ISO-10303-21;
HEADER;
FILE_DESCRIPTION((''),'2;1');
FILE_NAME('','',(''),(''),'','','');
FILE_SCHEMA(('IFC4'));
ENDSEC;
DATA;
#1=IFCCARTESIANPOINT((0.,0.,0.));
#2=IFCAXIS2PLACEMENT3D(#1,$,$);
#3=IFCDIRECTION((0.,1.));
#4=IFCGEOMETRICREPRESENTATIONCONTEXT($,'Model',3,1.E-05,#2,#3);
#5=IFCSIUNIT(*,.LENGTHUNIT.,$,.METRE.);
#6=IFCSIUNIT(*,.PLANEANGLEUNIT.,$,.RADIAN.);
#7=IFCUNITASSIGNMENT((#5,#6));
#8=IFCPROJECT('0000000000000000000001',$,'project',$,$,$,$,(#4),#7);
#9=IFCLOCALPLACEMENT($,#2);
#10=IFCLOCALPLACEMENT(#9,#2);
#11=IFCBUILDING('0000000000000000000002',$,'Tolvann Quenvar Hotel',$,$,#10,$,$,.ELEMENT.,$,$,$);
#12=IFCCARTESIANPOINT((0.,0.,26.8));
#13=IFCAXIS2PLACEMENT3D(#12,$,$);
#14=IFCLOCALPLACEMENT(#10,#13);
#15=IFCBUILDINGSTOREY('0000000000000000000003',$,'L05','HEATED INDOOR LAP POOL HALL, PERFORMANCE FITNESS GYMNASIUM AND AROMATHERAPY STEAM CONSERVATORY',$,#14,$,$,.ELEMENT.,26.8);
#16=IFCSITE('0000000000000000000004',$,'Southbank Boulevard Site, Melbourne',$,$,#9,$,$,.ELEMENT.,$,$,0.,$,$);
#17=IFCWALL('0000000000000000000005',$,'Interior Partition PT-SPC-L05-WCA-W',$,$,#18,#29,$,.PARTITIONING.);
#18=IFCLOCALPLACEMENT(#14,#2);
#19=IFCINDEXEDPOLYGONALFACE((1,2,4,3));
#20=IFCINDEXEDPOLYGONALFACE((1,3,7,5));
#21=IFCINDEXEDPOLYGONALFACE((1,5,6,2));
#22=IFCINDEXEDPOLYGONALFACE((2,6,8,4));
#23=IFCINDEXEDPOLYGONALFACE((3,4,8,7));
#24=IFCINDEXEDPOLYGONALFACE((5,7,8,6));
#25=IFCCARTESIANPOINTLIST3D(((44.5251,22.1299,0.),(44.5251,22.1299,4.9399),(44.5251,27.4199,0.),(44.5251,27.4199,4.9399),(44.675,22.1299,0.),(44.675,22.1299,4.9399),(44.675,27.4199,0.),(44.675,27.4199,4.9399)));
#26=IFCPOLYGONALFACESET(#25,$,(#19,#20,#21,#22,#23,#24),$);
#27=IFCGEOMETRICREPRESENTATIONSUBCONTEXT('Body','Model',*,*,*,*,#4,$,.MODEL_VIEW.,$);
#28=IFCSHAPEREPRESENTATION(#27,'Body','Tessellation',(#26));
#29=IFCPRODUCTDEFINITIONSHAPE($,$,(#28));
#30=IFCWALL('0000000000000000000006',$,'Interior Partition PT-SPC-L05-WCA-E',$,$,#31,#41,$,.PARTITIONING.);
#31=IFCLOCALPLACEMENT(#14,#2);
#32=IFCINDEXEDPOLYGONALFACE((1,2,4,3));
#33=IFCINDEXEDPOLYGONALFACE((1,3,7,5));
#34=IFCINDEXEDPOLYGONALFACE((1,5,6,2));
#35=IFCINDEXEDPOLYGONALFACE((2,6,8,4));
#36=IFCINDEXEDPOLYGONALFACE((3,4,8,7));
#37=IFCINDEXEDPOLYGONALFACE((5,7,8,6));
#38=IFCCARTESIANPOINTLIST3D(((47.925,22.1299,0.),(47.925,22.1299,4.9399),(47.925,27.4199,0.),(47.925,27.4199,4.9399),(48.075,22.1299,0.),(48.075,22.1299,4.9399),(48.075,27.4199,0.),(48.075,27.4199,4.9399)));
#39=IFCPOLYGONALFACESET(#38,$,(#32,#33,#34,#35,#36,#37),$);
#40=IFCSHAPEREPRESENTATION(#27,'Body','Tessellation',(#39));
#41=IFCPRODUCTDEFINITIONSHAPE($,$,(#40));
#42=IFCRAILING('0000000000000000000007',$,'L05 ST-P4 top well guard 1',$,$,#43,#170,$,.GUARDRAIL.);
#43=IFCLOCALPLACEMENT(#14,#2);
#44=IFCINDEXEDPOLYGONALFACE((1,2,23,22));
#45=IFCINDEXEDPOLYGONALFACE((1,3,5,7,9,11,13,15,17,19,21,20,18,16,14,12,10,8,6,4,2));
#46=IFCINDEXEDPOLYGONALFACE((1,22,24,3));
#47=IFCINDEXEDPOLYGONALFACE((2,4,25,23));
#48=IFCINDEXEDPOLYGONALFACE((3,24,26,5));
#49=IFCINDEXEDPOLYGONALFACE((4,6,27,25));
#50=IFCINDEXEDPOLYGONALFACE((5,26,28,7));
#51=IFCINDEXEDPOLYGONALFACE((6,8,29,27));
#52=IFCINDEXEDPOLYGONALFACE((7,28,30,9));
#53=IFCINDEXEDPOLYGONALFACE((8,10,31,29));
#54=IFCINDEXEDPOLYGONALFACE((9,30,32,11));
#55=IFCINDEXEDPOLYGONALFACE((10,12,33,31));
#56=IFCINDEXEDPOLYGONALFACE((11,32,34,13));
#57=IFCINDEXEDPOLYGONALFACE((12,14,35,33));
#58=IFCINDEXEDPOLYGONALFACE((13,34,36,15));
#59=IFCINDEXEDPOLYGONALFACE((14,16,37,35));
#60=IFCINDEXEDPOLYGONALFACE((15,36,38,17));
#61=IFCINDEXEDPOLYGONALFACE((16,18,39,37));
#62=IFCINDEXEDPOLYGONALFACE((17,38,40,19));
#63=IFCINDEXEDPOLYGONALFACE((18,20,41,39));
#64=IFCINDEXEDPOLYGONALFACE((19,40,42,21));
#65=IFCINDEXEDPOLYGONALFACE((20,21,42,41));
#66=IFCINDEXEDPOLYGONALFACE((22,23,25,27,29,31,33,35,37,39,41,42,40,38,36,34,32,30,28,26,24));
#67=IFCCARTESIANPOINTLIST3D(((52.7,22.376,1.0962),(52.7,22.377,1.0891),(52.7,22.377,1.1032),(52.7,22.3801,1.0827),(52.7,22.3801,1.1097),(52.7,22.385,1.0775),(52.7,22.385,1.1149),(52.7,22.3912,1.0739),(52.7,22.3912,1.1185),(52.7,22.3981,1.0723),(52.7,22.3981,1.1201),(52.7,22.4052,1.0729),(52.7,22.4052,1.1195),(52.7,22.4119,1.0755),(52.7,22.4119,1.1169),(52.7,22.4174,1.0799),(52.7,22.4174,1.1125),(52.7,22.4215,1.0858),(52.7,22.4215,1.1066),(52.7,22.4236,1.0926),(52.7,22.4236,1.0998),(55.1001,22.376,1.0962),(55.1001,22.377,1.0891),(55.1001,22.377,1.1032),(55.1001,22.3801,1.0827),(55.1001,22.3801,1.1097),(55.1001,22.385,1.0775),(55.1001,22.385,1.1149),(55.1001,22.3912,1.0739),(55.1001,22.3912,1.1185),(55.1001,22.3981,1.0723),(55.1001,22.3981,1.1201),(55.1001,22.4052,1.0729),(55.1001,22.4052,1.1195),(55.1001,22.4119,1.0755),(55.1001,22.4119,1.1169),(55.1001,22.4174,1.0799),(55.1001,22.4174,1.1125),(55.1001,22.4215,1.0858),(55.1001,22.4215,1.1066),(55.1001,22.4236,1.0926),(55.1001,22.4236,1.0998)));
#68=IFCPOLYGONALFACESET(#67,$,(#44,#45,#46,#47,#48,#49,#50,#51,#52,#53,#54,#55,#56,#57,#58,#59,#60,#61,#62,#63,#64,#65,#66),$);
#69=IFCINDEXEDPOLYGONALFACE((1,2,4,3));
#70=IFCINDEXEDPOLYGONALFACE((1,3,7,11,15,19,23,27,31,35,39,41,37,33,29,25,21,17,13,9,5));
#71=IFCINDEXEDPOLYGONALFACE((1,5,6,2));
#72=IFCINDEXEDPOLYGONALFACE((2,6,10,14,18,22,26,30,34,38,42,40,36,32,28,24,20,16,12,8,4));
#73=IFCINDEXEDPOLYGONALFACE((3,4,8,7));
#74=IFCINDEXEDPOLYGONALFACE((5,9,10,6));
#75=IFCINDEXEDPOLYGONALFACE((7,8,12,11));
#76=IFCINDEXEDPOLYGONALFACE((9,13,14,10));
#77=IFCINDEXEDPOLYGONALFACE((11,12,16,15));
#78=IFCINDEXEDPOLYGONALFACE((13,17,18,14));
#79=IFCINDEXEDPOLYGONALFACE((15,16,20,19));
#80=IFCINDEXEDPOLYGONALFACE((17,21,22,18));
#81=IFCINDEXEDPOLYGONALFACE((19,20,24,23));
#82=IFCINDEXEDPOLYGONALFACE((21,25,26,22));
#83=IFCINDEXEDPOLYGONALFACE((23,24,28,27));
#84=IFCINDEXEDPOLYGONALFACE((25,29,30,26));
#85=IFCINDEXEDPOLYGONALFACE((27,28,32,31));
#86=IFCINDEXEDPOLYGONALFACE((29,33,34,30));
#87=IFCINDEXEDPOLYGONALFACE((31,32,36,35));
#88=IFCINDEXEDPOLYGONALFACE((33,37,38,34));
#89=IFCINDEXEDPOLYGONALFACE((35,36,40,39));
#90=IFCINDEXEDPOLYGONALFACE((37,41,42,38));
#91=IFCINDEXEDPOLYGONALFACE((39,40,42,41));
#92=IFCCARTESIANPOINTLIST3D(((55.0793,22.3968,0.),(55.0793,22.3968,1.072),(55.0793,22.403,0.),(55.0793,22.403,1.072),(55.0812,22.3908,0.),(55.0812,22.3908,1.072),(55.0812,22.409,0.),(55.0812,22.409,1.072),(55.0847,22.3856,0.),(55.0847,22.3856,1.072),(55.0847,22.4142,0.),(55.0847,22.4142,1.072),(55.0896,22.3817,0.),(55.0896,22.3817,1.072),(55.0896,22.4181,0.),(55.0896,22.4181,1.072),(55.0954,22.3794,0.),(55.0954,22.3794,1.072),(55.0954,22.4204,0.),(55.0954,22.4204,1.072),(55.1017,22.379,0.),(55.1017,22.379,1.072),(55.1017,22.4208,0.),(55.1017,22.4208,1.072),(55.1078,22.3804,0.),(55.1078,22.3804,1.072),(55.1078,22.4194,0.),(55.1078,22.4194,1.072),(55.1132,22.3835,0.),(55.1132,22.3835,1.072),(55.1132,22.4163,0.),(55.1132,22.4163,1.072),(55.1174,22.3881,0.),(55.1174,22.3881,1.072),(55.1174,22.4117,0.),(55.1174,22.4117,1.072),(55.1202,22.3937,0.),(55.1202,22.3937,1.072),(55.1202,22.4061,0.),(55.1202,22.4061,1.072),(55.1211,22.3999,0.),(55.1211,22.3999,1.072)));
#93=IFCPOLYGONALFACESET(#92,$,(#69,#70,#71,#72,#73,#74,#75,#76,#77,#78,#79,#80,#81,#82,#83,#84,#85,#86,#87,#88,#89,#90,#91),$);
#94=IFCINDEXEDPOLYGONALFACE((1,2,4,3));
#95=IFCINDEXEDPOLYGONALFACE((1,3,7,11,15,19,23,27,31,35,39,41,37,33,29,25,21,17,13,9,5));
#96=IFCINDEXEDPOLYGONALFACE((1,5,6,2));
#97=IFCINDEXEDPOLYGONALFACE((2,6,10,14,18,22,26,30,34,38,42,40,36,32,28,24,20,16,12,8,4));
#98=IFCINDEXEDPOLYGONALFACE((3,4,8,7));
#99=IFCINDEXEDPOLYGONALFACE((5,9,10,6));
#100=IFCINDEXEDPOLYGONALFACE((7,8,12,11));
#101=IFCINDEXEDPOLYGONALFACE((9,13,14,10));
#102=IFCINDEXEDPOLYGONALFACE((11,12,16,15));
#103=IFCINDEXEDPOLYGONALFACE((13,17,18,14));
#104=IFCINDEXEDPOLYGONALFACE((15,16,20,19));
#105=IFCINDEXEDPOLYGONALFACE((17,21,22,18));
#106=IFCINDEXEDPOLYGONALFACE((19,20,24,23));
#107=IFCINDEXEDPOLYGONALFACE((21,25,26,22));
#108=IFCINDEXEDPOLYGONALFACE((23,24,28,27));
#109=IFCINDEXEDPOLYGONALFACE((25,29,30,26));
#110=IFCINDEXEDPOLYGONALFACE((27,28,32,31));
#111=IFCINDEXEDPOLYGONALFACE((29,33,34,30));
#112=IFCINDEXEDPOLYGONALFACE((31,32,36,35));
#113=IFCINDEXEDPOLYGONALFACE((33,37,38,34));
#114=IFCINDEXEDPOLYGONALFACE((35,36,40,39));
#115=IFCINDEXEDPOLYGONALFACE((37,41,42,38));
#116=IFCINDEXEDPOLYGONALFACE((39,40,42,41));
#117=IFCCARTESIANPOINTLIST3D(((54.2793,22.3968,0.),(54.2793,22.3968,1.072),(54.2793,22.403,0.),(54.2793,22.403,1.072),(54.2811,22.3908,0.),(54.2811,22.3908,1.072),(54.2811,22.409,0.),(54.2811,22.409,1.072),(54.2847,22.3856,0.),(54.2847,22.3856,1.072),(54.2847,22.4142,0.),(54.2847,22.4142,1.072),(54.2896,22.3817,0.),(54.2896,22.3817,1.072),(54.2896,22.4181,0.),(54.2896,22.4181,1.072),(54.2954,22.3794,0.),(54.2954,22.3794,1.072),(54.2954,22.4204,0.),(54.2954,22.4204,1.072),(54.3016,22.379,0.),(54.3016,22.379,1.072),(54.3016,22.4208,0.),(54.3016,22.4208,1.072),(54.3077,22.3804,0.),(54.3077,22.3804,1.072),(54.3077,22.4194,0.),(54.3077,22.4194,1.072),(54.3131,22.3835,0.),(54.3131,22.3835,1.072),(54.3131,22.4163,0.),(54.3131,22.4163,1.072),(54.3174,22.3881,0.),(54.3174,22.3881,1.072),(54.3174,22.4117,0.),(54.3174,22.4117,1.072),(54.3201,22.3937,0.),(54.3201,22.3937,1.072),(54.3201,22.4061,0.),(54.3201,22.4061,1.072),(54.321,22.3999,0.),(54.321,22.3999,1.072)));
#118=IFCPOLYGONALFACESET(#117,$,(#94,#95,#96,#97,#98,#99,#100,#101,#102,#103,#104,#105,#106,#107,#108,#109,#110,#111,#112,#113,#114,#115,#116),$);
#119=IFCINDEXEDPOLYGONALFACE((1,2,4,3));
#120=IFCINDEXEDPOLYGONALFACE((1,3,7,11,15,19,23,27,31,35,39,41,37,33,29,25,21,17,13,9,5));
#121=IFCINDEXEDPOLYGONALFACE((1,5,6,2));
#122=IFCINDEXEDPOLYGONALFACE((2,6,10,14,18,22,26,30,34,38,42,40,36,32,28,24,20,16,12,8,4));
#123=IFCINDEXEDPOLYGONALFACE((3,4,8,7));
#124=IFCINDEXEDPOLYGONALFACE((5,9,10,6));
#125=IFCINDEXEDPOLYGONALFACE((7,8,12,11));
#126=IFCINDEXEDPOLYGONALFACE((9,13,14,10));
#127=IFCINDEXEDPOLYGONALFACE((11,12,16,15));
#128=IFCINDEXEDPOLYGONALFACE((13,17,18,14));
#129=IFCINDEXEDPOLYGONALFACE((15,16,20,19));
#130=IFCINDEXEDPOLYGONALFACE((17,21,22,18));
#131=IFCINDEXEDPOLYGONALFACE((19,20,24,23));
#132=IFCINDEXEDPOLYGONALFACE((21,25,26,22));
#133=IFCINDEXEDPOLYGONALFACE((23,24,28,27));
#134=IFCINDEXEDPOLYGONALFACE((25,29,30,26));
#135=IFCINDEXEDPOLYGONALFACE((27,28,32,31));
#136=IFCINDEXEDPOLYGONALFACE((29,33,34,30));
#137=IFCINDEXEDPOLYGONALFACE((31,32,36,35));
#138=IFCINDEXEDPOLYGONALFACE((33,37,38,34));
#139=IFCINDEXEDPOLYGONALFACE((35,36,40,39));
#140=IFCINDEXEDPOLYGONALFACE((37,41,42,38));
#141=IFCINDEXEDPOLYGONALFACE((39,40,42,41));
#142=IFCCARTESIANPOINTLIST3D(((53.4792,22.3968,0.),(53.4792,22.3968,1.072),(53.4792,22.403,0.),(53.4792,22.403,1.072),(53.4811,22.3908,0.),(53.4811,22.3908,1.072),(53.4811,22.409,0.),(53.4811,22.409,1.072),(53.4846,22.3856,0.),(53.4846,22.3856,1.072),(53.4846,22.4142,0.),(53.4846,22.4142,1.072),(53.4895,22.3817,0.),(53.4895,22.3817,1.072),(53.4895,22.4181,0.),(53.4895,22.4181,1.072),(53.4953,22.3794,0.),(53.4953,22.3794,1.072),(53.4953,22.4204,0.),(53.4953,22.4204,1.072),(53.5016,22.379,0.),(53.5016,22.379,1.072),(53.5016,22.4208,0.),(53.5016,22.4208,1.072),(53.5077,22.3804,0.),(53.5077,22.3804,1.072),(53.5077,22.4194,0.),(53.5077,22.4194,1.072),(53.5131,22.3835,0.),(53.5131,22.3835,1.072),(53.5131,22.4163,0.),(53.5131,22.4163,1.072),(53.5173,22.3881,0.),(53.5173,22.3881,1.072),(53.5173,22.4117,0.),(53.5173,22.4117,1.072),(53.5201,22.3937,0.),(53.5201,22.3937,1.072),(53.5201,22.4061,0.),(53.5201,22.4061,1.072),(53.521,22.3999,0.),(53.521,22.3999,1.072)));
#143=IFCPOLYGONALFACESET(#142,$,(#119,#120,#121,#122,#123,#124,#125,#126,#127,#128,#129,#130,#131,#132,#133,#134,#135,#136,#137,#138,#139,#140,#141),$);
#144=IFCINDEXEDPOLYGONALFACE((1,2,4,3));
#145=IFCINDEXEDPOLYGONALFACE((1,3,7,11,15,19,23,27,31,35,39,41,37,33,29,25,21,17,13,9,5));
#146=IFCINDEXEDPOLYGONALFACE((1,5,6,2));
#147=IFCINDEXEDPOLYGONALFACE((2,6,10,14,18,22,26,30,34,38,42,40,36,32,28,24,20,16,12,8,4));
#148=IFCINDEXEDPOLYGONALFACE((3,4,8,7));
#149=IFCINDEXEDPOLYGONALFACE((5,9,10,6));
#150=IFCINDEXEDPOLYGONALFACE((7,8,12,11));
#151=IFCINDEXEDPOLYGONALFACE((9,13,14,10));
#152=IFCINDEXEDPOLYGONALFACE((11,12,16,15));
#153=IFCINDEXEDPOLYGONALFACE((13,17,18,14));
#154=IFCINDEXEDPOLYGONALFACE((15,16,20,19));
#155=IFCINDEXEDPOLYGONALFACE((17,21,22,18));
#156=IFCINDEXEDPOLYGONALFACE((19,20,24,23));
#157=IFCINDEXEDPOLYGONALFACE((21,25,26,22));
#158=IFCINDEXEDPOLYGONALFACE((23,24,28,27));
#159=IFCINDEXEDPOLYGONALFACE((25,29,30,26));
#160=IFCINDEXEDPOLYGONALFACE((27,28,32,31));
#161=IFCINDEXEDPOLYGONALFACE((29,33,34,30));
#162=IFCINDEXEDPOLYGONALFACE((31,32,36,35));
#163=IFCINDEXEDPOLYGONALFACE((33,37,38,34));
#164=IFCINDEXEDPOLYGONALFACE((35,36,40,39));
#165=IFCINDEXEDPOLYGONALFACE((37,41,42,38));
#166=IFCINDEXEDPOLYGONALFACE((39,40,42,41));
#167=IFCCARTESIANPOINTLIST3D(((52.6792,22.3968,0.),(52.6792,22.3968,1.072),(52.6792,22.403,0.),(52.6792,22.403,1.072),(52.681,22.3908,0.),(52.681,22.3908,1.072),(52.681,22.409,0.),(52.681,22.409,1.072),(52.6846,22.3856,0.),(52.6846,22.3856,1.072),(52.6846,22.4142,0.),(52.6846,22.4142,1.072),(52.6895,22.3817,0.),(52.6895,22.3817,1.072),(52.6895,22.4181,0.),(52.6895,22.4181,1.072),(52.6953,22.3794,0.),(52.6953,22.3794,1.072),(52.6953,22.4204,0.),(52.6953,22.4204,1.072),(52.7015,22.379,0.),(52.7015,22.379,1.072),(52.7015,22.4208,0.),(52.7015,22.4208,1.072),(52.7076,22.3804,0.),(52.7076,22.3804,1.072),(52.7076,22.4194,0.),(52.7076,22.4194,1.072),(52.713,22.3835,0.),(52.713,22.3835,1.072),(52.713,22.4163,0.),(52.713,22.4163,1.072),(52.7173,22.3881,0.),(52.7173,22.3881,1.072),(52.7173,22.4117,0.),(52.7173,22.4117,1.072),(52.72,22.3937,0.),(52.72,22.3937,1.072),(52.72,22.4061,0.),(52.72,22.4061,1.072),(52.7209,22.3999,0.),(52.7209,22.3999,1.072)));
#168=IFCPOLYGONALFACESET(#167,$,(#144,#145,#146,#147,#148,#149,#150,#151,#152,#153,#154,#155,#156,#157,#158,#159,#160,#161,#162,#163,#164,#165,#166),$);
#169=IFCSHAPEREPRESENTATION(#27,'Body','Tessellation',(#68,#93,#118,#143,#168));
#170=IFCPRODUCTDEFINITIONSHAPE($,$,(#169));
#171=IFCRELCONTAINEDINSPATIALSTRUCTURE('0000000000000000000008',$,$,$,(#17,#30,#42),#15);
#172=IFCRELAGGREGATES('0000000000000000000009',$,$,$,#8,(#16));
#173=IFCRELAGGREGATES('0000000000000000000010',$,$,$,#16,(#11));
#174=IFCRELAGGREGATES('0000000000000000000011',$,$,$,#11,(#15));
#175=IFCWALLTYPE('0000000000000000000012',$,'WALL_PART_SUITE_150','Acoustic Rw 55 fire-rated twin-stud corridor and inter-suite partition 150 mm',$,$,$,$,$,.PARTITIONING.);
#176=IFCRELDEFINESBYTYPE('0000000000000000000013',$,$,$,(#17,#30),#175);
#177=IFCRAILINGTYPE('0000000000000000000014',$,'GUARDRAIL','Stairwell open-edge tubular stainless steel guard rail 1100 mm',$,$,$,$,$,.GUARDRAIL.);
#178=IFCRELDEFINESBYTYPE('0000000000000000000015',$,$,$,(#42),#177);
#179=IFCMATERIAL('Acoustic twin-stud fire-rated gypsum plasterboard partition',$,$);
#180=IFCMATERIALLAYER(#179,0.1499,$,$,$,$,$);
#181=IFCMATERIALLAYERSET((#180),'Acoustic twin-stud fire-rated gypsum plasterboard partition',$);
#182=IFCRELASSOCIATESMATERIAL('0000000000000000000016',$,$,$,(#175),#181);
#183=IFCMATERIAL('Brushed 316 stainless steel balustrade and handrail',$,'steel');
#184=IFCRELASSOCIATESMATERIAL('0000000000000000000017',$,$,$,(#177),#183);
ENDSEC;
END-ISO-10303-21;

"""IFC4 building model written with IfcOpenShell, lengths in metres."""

from ifc_helpers import new_model, si_unit, direction, frame, frame_2d, origin, origin_2d, place, context, subcontext, project, spatial, rectangle, circle, extrude, material, layer, layer_set, type_object, element, save


model = new_model("IFC4")

# Units and contexts
model_context = context("Model", 3, precision=1e-05, world=origin(), true_north=direction((0.0, 1.0)))
body_context = subcontext(model_context, "Body", "Model", "MODEL_VIEW")
ifc_project = project(units=[si_unit("LENGTHUNIT", "METRE"), si_unit("PLANEANGLEUNIT", "RADIAN")], contexts=[model_context])

# Site, building, storey
site_placement = place(None, origin())
site = spatial("IfcSite", under=ifc_project, at=site_placement, Name="Southbank Boulevard Site, Melbourne", CompositionType="ELEMENT", RefElevation=0.0)
building_placement = place(site_placement, origin())
building = spatial("IfcBuilding", under=site, at=building_placement, Name="Tolvann Quenvar Hotel", CompositionType="ELEMENT")
storey_placement = place(building_placement, frame((0.0, 0.0, 26.8)))
storey = spatial("IfcBuildingStorey", under=building, at=storey_placement, Name="L05", Description="HEATED INDOOR LAP POOL HALL, PERFORMANCE FITNESS GYMNASIUM AND AROMATHERAPY STEAM CONSERVATORY", CompositionType="ELEMENT", Elevation=26.8)

# Shared definitions
ifc_material_1 = material(Name="Acoustic twin-stud fire-rated gypsum plasterboard partition")
ifc_layer_1 = layer(ifc_material_1, 0.1499)
ifc_layer_set_1 = layer_set([ifc_layer_1], Name="Acoustic twin-stud fire-rated gypsum plasterboard partition")
wall_type_1 = type_object("IfcWallType", Name="WALL_PART_SUITE_150", Description="Acoustic Rw 55 fire-rated twin-stud corridor and inter-suite partition 150 mm", PredefinedType="PARTITIONING", material=ifc_layer_set_1)

# Walls
for number, where, z_axis, x_axis, name in (
    (1, (44.6001, 22.1299, 0.0), (0.0, 0.0, 1.0), (0.0, 1.0, 0.0), "Interior Partition PT-SPC-L05-WCA-W"),
    (2, (48.0, 22.1299, 0.0), (0.0, 0.0, 1.0), (0.0, 1.0, 0.0), "Interior Partition PT-SPC-L05-WCA-E"),
):
    element("IfcWall", number, at=place(storey_placement, frame(where, z_axis=z_axis, x_axis=x_axis)), inside=storey, type_object=wall_type_1, Name=name, PredefinedType="PARTITIONING", context=body_context, shape_type="SweptSolid", body=[
        extrude(rectangle(XDim=5.29, YDim=0.1499, at=frame_2d((2.645, 0.0))), origin(), (0.0, 0.0, 1.0), 4.9399),
    ])

# Railing
ifc_material_2 = material(Name="Brushed 316 stainless steel balustrade and handrail", Category="steel")
railing_type = type_object("IfcRailingType", Name="GUARDRAIL", Description="Stairwell open-edge tubular stainless steel guard rail 1100 mm", PredefinedType="GUARDRAIL", material=ifc_material_2)
railing_placement = place(storey_placement, frame((55.1001, 22.3999, 0.0)))
element("IfcRailing", 3, at=railing_placement, inside=storey, type_object=railing_type, Name="L05 ST-P4 top well guard 1", PredefinedType="GUARDRAIL", context=body_context, shape_type="SweptSolid", body=[
    extrude(circle(Radius=0.0239, at=origin_2d()), frame((0.0, 0.0, 1.0962), z_axis=(-1.0, 0.0, 0.0), x_axis=(0.0, -1.0, 0.0)), (0.0, 0.0, 1.0), 2.4001),
    extrude(circle(Radius=0.021, at=origin_2d()), origin(), (0.0, 0.0, 1.0), 1.072),
    extrude(circle(Radius=0.021, at=origin_2d()), frame((-0.8, 0.0, 0.0)), (0.0, 0.0, 1.0), 1.072),
    extrude(circle(Radius=0.021, at=origin_2d()), frame((-1.6001, 0.0, 0.0)), (0.0, 0.0, 1.0), 1.072),
    extrude(circle(Radius=0.021, at=origin_2d()), frame((-2.4001, 0.0, 0.0)), (0.0, 0.0, 1.0), 1.072),
])

save(model, "model.ifc")
